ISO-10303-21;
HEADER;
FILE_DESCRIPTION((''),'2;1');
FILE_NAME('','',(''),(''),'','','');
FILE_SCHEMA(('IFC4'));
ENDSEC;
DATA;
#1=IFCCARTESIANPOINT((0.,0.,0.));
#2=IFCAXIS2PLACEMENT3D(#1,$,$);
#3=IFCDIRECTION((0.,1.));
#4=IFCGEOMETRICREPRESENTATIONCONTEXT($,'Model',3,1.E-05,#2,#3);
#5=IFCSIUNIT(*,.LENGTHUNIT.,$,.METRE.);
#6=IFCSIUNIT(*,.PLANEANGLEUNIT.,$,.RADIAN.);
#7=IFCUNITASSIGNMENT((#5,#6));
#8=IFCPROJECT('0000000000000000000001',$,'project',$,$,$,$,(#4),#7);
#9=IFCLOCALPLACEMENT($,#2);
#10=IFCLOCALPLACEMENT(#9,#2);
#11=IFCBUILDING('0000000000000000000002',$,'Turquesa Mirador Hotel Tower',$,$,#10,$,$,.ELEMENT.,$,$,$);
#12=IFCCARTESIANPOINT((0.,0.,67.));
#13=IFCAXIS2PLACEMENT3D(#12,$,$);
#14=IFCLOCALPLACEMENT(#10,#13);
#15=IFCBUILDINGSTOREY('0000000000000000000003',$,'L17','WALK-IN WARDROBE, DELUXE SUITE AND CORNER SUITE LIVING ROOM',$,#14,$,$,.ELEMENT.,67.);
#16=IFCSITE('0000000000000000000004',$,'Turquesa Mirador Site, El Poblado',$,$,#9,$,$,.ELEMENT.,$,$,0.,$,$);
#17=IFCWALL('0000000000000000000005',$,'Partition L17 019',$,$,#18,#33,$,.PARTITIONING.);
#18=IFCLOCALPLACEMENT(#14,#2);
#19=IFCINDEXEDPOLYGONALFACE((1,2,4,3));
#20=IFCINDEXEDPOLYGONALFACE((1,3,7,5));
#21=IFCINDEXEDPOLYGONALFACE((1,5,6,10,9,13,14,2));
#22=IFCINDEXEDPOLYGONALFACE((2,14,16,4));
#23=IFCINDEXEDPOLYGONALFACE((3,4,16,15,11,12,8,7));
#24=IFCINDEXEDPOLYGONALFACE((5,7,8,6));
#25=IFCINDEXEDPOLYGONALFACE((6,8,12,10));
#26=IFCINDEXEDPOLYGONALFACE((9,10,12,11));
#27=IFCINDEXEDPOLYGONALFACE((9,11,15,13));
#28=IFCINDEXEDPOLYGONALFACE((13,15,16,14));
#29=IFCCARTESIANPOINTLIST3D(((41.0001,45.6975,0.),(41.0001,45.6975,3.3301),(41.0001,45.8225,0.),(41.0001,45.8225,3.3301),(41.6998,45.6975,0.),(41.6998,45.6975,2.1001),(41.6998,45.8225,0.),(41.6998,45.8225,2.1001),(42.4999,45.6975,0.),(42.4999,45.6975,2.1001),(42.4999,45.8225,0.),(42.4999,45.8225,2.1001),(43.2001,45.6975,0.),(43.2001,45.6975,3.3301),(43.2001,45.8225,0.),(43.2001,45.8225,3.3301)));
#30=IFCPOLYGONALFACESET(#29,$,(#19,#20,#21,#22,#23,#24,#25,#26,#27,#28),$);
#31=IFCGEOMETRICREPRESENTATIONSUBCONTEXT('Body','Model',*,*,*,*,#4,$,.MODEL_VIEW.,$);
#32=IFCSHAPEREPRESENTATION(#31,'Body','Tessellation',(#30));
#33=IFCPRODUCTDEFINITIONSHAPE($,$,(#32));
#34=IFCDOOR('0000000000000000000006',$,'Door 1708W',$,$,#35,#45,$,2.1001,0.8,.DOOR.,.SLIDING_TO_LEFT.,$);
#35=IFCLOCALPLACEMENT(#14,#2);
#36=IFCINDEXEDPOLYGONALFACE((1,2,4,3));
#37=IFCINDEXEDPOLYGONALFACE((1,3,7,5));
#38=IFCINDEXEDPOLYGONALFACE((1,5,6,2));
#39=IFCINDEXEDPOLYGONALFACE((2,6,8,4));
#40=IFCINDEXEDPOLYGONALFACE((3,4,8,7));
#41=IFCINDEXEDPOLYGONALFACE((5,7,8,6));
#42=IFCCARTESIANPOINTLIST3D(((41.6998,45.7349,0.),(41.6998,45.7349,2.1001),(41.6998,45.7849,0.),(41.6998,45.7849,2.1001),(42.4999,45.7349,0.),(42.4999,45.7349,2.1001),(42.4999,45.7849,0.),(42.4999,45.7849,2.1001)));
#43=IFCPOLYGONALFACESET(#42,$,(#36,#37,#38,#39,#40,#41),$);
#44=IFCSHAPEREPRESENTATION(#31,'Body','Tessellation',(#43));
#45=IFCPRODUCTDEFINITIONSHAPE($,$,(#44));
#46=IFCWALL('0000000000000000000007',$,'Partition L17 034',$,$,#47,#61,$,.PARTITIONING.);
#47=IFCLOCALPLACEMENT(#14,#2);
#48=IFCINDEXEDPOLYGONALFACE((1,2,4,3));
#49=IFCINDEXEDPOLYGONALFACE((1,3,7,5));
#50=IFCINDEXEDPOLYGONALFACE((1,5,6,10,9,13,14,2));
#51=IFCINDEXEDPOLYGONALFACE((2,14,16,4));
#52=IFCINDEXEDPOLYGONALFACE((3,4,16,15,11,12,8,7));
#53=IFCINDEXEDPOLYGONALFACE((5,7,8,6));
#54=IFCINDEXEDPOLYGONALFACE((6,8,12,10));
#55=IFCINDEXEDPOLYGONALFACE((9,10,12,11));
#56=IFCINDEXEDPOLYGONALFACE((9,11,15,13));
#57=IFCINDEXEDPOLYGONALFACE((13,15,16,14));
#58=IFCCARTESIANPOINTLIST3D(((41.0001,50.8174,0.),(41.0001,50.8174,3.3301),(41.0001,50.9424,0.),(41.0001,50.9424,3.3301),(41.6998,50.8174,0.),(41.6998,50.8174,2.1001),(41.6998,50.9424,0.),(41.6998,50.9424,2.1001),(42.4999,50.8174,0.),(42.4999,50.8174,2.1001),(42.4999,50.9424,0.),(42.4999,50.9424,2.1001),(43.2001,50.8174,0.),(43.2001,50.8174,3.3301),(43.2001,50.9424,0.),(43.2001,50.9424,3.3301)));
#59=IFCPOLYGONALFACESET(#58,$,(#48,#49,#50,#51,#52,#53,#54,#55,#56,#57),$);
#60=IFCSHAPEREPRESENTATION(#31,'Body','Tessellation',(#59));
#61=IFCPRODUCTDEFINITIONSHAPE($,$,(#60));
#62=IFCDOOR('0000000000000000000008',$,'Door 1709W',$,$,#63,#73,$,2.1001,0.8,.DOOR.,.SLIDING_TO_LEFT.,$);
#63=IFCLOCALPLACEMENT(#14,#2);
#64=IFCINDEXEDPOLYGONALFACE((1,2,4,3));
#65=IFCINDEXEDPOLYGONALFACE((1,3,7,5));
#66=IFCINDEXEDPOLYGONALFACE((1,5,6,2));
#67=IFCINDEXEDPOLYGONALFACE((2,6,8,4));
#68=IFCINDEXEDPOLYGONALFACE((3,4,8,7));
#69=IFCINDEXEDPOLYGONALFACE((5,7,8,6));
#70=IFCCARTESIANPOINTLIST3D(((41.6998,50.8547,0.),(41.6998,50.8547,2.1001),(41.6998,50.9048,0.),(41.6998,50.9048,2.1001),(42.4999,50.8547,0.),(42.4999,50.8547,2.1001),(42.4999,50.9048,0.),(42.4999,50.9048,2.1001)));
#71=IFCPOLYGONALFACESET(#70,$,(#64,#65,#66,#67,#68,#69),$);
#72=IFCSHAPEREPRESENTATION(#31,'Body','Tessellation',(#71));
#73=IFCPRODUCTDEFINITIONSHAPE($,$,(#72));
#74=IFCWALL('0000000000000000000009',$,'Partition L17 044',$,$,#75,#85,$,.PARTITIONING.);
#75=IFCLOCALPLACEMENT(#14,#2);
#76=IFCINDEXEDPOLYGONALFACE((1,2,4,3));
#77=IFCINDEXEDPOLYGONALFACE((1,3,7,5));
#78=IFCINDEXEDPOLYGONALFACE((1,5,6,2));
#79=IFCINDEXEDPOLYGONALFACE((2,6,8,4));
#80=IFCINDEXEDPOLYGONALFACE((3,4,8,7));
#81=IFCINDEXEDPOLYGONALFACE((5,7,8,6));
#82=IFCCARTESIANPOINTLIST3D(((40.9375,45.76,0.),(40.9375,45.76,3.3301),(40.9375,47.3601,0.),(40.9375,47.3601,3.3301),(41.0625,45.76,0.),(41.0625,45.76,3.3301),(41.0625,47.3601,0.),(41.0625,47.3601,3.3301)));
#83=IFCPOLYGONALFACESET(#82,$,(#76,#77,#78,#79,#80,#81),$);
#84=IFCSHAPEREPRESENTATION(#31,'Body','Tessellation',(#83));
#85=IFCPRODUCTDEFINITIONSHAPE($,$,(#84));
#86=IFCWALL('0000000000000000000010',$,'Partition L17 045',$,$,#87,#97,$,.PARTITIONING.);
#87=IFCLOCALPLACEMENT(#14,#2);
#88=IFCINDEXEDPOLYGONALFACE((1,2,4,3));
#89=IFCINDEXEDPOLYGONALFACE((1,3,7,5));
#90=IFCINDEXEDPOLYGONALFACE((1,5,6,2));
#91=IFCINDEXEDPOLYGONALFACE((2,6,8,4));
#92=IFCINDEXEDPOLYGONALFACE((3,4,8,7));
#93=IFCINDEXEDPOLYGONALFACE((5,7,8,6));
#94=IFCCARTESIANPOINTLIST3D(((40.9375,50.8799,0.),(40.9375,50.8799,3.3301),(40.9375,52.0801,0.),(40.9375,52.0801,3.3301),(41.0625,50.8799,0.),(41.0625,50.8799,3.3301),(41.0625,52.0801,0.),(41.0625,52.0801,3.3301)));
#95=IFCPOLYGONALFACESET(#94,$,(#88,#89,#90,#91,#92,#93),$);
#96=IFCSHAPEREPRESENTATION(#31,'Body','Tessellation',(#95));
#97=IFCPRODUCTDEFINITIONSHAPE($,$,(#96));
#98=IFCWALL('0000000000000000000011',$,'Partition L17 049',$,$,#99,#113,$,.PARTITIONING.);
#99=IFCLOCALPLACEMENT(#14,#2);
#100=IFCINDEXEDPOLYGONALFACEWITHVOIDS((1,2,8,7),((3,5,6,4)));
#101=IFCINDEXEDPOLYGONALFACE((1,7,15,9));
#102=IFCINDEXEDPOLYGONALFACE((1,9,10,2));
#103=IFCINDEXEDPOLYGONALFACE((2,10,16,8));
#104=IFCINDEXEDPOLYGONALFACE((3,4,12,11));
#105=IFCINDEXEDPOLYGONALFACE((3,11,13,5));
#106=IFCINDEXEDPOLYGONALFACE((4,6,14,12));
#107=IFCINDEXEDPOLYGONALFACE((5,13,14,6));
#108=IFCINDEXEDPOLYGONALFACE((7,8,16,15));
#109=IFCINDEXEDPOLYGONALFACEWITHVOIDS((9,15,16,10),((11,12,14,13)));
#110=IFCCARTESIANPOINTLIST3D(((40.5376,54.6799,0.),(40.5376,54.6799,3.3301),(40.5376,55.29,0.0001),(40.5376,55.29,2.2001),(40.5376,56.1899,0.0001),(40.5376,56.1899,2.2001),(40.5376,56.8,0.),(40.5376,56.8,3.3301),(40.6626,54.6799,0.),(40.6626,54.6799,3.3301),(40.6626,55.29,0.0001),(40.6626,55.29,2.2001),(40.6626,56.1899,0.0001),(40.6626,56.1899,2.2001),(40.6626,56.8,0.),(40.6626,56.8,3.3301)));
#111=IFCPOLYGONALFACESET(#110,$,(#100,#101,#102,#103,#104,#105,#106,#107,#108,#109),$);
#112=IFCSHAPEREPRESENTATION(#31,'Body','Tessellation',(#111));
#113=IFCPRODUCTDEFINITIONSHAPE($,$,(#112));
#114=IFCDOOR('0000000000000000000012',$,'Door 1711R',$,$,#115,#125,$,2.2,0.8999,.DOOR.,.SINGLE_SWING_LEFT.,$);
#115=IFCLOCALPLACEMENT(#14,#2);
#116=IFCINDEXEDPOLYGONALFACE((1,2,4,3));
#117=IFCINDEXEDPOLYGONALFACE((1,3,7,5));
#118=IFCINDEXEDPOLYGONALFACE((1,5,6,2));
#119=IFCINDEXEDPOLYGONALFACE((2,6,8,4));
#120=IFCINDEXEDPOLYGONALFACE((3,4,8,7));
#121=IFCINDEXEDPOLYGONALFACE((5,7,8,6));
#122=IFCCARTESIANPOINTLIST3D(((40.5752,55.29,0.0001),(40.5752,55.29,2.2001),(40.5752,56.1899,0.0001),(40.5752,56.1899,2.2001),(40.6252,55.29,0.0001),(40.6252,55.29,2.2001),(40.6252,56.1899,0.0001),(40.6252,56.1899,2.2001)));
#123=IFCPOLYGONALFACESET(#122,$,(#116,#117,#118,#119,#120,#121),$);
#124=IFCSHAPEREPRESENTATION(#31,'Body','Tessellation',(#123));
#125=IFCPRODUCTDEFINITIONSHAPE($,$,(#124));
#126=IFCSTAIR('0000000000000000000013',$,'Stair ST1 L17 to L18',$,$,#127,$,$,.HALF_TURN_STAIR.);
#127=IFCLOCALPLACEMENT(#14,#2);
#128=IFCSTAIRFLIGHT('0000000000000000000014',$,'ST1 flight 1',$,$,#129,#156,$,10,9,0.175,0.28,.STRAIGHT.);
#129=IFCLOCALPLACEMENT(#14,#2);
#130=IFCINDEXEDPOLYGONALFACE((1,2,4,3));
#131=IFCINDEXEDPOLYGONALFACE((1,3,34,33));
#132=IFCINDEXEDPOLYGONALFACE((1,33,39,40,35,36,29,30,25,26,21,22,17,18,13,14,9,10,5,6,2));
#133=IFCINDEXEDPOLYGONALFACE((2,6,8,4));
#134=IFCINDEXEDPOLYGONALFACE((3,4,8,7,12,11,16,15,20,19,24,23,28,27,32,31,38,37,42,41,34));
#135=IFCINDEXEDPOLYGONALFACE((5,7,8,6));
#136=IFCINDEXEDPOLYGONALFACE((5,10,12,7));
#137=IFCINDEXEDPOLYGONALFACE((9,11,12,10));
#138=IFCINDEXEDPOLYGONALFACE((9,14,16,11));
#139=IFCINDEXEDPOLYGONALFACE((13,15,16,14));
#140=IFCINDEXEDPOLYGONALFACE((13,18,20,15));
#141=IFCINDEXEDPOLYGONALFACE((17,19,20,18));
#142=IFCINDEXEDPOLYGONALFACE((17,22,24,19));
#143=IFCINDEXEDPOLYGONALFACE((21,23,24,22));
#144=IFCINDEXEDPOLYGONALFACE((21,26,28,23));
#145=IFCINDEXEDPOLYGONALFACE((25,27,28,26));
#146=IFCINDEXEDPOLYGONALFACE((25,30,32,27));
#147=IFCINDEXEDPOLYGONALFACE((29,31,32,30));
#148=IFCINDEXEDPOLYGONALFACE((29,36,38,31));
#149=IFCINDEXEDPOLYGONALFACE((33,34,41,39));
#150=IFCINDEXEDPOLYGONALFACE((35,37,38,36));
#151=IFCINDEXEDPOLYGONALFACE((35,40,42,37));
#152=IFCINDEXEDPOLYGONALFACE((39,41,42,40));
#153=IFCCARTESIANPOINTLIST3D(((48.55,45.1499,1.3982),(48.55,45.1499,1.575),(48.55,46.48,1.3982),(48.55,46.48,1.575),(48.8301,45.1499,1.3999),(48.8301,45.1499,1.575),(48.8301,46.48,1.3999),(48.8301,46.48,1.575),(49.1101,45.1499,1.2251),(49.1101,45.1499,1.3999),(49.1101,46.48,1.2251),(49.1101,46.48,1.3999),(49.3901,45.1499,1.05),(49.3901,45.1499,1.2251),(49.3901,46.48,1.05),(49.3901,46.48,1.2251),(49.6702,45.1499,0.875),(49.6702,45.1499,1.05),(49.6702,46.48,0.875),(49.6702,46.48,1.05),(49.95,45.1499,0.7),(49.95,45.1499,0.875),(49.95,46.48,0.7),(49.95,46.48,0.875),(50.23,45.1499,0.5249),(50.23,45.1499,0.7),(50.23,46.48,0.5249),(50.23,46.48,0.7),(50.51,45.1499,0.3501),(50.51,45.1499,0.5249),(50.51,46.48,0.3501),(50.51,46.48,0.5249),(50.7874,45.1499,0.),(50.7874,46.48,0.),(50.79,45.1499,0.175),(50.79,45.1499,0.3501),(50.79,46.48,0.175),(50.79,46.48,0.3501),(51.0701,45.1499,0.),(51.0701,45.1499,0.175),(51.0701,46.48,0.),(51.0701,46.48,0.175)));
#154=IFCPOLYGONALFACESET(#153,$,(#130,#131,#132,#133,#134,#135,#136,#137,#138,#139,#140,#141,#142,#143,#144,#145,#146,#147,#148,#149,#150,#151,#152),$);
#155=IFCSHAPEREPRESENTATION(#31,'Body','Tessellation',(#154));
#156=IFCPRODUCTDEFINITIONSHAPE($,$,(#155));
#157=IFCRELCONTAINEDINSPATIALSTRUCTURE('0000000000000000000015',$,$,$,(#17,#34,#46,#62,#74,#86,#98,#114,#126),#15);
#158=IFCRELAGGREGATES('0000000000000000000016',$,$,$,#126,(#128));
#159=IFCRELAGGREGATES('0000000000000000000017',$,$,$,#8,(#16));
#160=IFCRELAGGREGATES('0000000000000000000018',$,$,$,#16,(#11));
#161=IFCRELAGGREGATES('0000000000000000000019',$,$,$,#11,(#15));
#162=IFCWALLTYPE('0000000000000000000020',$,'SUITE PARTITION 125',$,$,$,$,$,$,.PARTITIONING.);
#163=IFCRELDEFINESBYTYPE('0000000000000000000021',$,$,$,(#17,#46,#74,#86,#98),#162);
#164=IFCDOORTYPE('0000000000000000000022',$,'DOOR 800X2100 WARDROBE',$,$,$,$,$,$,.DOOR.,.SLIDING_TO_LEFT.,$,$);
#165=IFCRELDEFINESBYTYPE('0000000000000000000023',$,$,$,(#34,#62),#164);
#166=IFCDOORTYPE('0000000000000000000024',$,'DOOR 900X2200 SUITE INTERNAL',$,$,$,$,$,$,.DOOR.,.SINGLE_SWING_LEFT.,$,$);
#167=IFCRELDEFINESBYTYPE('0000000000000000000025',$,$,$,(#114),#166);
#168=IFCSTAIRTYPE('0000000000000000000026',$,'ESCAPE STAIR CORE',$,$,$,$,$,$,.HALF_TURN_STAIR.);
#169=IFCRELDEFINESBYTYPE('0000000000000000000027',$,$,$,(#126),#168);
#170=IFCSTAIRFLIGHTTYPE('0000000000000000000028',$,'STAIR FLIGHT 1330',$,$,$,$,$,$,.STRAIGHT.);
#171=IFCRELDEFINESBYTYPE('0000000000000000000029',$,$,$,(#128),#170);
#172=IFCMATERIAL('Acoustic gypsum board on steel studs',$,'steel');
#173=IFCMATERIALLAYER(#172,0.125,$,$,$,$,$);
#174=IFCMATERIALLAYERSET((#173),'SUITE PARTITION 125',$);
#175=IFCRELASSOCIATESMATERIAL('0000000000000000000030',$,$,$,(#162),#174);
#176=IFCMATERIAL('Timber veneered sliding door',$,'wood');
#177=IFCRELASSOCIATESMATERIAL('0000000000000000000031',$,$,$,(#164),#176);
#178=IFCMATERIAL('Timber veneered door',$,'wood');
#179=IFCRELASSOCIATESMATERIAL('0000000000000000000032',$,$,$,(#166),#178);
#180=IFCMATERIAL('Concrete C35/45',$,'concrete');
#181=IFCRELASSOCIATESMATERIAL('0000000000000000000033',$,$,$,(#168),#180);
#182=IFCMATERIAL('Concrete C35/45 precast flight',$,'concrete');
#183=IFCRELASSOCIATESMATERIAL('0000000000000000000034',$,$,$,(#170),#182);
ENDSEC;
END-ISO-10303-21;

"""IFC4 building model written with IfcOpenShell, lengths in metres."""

from ifc_helpers import new_model, si_unit, direction, frame, frame_2d, origin, place, context, subcontext, project, spatial, polyline, rectangle, outline, extrude, material, layer, layer_set, type_object, element, fill, aggregate, save


model = new_model("IFC4")

# Units and contexts
model_context = context("Model", 3, precision=1e-05, world=origin(), true_north=direction((0.0, 1.0)))
body_context = subcontext(model_context, "Body", "Model", "MODEL_VIEW")
ifc_project = project(units=[si_unit("LENGTHUNIT", "METRE"), si_unit("PLANEANGLEUNIT", "RADIAN")], contexts=[model_context])

# Site, building, storey
site_placement = place(None, origin())
site = spatial("IfcSite", under=ifc_project, at=site_placement, Name="Turquesa Mirador Site, El Poblado", CompositionType="ELEMENT", RefElevation=0.0)
building_placement = place(site_placement, origin())
building = spatial("IfcBuilding", under=site, at=building_placement, Name="Turquesa Mirador Hotel Tower", CompositionType="ELEMENT")
storey_placement = place(building_placement, frame((0.0, 0.0, 67.0)))
storey = spatial("IfcBuildingStorey", under=building, at=storey_placement, Name="L17", Description="WALK-IN WARDROBE, DELUXE SUITE AND CORNER SUITE LIVING ROOM", CompositionType="ELEMENT", Elevation=67.0)

# Walls, openings, doors
ifc_material_1 = material(Name="Acoustic gypsum board on steel studs", Category="steel")
ifc_layer_1 = layer(ifc_material_1, 0.125)
ifc_layer_set_1 = layer_set([ifc_layer_1], Name="SUITE PARTITION 125")
wall_type_1 = type_object("IfcWallType", Name="SUITE PARTITION 125", PredefinedType="PARTITIONING", material=ifc_layer_set_1)
wall_1_placement = place(storey_placement, frame((41.0, 45.76, 0.0), z_axis=(0.0, 0.0, 1.0), x_axis=(1.0, 0.0, 0.0)))
wall_1 = element("IfcWall", 1, at=wall_1_placement, inside=storey, type_object=wall_type_1, Name="Partition L17 019", PredefinedType="PARTITIONING", context=body_context, shape_type="SweptSolid", body=[
    extrude(rectangle(XDim=2.2, YDim=0.125, at=frame_2d((1.1001, 0.0))), origin(), (0.0, 0.0, 1.0), 3.3301),
])
opening_1_placement = place(wall_1_placement, frame((0.7, 0.0, 0.0)))
opening_1 = element("IfcOpeningElement", 2, at=opening_1_placement, cuts=wall_1, PredefinedType="OPENING", context=body_context, shape_type="SweptSolid", body=[
    extrude(rectangle(XDim=0.8, YDim=2.1001, at=frame_2d((0.3999, 1.05))), frame((0.0, 0.0725, 0.0), z_axis=(0.0, -1.0, 0.0), x_axis=(1.0, 0.0, 0.0)), (0.0, 0.0, 1.0), 0.145),
])
ifc_material_2 = material(Name="Timber veneered sliding door", Category="wood")
door_type_1 = type_object("IfcDoorType", Name="DOOR 800X2100 WARDROBE", OperationType="SLIDING_TO_LEFT", PredefinedType="DOOR", material=ifc_material_2)
door_1_placement = place(opening_1_placement, origin())
door_1 = element("IfcDoor", 3, at=door_1_placement, inside=storey, type_object=door_type_1, Name="Door 1708W", OperationType="SLIDING_TO_LEFT", OverallHeight=2.1001, OverallWidth=0.8, PredefinedType="DOOR", context=body_context, shape_type="SweptSolid", body=[
    extrude(rectangle(XDim=0.8, YDim=2.1001, at=frame_2d((0.3999, 1.05))), frame((0.0, 0.0249, 0.0), z_axis=(0.0, -1.0, 0.0), x_axis=(1.0, 0.0, 0.0)), (0.0, 0.0, 1.0), 0.05),
])
fill(opening_1, door_1)
wall_2_placement = place(storey_placement, frame((41.0, 50.8799, 0.0), z_axis=(0.0, 0.0, 1.0), x_axis=(1.0, 0.0, 0.0)))
wall_2 = element("IfcWall", 4, at=wall_2_placement, inside=storey, type_object=wall_type_1, Name="Partition L17 034", PredefinedType="PARTITIONING", context=body_context, shape_type="SweptSolid", body=[
    extrude(rectangle(XDim=2.2, YDim=0.125, at=frame_2d((1.1001, 0.0))), origin(), (0.0, 0.0, 1.0), 3.3301),
])
opening_2_placement = place(wall_2_placement, frame((0.7, 0.0, 0.0)))
opening_2 = element("IfcOpeningElement", 5, at=opening_2_placement, cuts=wall_2, PredefinedType="OPENING", context=body_context, shape_type="SweptSolid", body=[
    extrude(rectangle(XDim=0.8, YDim=2.1001, at=frame_2d((0.3999, 1.05))), frame((0.0, 0.0725, 0.0), z_axis=(0.0, -1.0, 0.0), x_axis=(1.0, 0.0, 0.0)), (0.0, 0.0, 1.0), 0.145),
])
door_2_placement = place(opening_2_placement, origin())
door_2 = element("IfcDoor", 6, at=door_2_placement, inside=storey, type_object=door_type_1, Name="Door 1709W", OperationType="SLIDING_TO_LEFT", OverallHeight=2.1001, OverallWidth=0.8, PredefinedType="DOOR", context=body_context, shape_type="SweptSolid", body=[
    extrude(rectangle(XDim=0.8, YDim=2.1001, at=frame_2d((0.3999, 1.05))), frame((0.0, 0.0249, 0.0), z_axis=(0.0, -1.0, 0.0), x_axis=(1.0, 0.0, 0.0)), (0.0, 0.0, 1.0), 0.05),
])
fill(opening_2, door_2)

# Walls
wall_3_placement = place(storey_placement, frame((41.0, 45.76, 0.0), z_axis=(0.0, 0.0, 1.0), x_axis=(0.0, 1.0, 0.0)))
element("IfcWall", 7, at=wall_3_placement, inside=storey, type_object=wall_type_1, Name="Partition L17 044", PredefinedType="PARTITIONING", context=body_context, shape_type="SweptSolid", body=[
    extrude(rectangle(XDim=1.6001, YDim=0.125, at=frame_2d((0.8, 0.0))), origin(), (0.0, 0.0, 1.0), 3.3301),
])
wall_4_placement = place(storey_placement, frame((41.0, 50.8799, 0.0), z_axis=(0.0, 0.0, 1.0), x_axis=(0.0, 1.0, 0.0)))
element("IfcWall", 8, at=wall_4_placement, inside=storey, type_object=wall_type_1, Name="Partition L17 045", PredefinedType="PARTITIONING", context=body_context, shape_type="SweptSolid", body=[
    extrude(rectangle(XDim=1.2002, YDim=0.125, at=frame_2d((0.6001, 0.0))), origin(), (0.0, 0.0, 1.0), 3.3301),
])

# Wall, opening, door
wall_5_placement = place(storey_placement, frame((40.6001, 54.6799, 0.0), z_axis=(0.0, 0.0, 1.0), x_axis=(0.0, 1.0, 0.0)))
wall_5 = element("IfcWall", 9, at=wall_5_placement, inside=storey, type_object=wall_type_1, Name="Partition L17 049", PredefinedType="PARTITIONING", context=body_context, shape_type="SweptSolid", body=[
    extrude(rectangle(XDim=2.1201, YDim=0.125, at=frame_2d((1.0601, 0.0))), origin(), (0.0, 0.0, 1.0), 3.3301),
])
opening_3_placement = place(wall_5_placement, frame((0.6101, 0.0, 0.0)))
opening_3 = element("IfcOpeningElement", 10, at=opening_3_placement, cuts=wall_5, PredefinedType="OPENING", context=body_context, shape_type="SweptSolid", body=[
    extrude(rectangle(XDim=0.8999, YDim=2.2, at=frame_2d((0.45, 1.1001))), frame((0.0, 0.0725, 0.0), z_axis=(0.0, -1.0, 0.0), x_axis=(1.0, 0.0, 0.0)), (0.0, 0.0, 1.0), 0.145),
])
ifc_material_3 = material(Name="Timber veneered door", Category="wood")
door_type_2 = type_object("IfcDoorType", Name="DOOR 900X2200 SUITE INTERNAL", OperationType="SINGLE_SWING_LEFT", PredefinedType="DOOR", material=ifc_material_3)
door_3_placement = place(opening_3_placement, origin())
door_3 = element("IfcDoor", 11, at=door_3_placement, inside=storey, type_object=door_type_2, Name="Door 1711R", OperationType="SINGLE_SWING_LEFT", OverallHeight=2.2, OverallWidth=0.8999, PredefinedType="DOOR", context=body_context, shape_type="SweptSolid", body=[
    extrude(rectangle(XDim=0.8999, YDim=2.2, at=frame_2d((0.45, 1.1001))), frame((0.0, 0.0249, 0.0), z_axis=(0.0, -1.0, 0.0), x_axis=(1.0, 0.0, 0.0)), (0.0, 0.0, 1.0), 0.05),
])
fill(opening_3, door_3)

# Stair, stair flight
ifc_material_4 = material(Name="Concrete C35/45", Category="concrete")
stair_type = type_object("IfcStairType", Name="ESCAPE STAIR CORE", PredefinedType="HALF_TURN_STAIR", material=ifc_material_4)
stair_1_placement = place(storey_placement, origin())
stair_1 = element("IfcStair", 12, at=stair_1_placement, inside=storey, type_object=stair_type, Name="Stair ST1 L17 to L18", PredefinedType="HALF_TURN_STAIR")
ifc_material_5 = material(Name="Concrete C35/45 precast flight", Category="concrete")
stair_flight_type = type_object("IfcStairFlightType", Name="STAIR FLIGHT 1330", PredefinedType="STRAIGHT", material=ifc_material_5)
stair_flight_1_placement = place(storey_placement, frame((51.0701, 45.8149, 0.0), z_axis=(0.0, 0.0, 1.0), x_axis=(-1.0, 0.0, 0.0)))
stair_flight_1 = element("IfcStairFlight", 13, at=stair_flight_1_placement, type_object=stair_flight_type, Name="ST1 flight 1", NumberOfRisers=10, NumberOfTreads=9, PredefinedType="STRAIGHT", RiserHeight=0.175, TreadLength=0.28, context=body_context, shape_type="SweptSolid", body=[
    extrude(outline(polyline([(0.0, 0.0), (0.0, 0.175), (0.28, 0.175), (0.28, 0.3501), (0.5601, 0.3501), (0.5601, 0.5249), (0.8401, 0.5249), (0.8401, 0.7), (1.1201, 0.7), (1.1201, 0.875), (1.3999, 0.875), (1.3999, 1.05), (1.6799, 1.05), (1.6799, 1.2251), (1.96, 1.2251), (1.96, 1.3999), (2.24, 1.3999), (2.24, 1.575), (2.52, 1.575), (2.52, 1.75), (2.52, 1.3982), (0.2827, 0.0), (0.0, 0.0)])), frame((0.0, 0.665, 0.0), z_axis=(0.0, -1.0, 0.0), x_axis=(1.0, 0.0, 0.0)), (0.0, 0.0, 1.0), 1.3301),
])
aggregate(stair_1, [stair_flight_1])

save(model, "model.ifc")
